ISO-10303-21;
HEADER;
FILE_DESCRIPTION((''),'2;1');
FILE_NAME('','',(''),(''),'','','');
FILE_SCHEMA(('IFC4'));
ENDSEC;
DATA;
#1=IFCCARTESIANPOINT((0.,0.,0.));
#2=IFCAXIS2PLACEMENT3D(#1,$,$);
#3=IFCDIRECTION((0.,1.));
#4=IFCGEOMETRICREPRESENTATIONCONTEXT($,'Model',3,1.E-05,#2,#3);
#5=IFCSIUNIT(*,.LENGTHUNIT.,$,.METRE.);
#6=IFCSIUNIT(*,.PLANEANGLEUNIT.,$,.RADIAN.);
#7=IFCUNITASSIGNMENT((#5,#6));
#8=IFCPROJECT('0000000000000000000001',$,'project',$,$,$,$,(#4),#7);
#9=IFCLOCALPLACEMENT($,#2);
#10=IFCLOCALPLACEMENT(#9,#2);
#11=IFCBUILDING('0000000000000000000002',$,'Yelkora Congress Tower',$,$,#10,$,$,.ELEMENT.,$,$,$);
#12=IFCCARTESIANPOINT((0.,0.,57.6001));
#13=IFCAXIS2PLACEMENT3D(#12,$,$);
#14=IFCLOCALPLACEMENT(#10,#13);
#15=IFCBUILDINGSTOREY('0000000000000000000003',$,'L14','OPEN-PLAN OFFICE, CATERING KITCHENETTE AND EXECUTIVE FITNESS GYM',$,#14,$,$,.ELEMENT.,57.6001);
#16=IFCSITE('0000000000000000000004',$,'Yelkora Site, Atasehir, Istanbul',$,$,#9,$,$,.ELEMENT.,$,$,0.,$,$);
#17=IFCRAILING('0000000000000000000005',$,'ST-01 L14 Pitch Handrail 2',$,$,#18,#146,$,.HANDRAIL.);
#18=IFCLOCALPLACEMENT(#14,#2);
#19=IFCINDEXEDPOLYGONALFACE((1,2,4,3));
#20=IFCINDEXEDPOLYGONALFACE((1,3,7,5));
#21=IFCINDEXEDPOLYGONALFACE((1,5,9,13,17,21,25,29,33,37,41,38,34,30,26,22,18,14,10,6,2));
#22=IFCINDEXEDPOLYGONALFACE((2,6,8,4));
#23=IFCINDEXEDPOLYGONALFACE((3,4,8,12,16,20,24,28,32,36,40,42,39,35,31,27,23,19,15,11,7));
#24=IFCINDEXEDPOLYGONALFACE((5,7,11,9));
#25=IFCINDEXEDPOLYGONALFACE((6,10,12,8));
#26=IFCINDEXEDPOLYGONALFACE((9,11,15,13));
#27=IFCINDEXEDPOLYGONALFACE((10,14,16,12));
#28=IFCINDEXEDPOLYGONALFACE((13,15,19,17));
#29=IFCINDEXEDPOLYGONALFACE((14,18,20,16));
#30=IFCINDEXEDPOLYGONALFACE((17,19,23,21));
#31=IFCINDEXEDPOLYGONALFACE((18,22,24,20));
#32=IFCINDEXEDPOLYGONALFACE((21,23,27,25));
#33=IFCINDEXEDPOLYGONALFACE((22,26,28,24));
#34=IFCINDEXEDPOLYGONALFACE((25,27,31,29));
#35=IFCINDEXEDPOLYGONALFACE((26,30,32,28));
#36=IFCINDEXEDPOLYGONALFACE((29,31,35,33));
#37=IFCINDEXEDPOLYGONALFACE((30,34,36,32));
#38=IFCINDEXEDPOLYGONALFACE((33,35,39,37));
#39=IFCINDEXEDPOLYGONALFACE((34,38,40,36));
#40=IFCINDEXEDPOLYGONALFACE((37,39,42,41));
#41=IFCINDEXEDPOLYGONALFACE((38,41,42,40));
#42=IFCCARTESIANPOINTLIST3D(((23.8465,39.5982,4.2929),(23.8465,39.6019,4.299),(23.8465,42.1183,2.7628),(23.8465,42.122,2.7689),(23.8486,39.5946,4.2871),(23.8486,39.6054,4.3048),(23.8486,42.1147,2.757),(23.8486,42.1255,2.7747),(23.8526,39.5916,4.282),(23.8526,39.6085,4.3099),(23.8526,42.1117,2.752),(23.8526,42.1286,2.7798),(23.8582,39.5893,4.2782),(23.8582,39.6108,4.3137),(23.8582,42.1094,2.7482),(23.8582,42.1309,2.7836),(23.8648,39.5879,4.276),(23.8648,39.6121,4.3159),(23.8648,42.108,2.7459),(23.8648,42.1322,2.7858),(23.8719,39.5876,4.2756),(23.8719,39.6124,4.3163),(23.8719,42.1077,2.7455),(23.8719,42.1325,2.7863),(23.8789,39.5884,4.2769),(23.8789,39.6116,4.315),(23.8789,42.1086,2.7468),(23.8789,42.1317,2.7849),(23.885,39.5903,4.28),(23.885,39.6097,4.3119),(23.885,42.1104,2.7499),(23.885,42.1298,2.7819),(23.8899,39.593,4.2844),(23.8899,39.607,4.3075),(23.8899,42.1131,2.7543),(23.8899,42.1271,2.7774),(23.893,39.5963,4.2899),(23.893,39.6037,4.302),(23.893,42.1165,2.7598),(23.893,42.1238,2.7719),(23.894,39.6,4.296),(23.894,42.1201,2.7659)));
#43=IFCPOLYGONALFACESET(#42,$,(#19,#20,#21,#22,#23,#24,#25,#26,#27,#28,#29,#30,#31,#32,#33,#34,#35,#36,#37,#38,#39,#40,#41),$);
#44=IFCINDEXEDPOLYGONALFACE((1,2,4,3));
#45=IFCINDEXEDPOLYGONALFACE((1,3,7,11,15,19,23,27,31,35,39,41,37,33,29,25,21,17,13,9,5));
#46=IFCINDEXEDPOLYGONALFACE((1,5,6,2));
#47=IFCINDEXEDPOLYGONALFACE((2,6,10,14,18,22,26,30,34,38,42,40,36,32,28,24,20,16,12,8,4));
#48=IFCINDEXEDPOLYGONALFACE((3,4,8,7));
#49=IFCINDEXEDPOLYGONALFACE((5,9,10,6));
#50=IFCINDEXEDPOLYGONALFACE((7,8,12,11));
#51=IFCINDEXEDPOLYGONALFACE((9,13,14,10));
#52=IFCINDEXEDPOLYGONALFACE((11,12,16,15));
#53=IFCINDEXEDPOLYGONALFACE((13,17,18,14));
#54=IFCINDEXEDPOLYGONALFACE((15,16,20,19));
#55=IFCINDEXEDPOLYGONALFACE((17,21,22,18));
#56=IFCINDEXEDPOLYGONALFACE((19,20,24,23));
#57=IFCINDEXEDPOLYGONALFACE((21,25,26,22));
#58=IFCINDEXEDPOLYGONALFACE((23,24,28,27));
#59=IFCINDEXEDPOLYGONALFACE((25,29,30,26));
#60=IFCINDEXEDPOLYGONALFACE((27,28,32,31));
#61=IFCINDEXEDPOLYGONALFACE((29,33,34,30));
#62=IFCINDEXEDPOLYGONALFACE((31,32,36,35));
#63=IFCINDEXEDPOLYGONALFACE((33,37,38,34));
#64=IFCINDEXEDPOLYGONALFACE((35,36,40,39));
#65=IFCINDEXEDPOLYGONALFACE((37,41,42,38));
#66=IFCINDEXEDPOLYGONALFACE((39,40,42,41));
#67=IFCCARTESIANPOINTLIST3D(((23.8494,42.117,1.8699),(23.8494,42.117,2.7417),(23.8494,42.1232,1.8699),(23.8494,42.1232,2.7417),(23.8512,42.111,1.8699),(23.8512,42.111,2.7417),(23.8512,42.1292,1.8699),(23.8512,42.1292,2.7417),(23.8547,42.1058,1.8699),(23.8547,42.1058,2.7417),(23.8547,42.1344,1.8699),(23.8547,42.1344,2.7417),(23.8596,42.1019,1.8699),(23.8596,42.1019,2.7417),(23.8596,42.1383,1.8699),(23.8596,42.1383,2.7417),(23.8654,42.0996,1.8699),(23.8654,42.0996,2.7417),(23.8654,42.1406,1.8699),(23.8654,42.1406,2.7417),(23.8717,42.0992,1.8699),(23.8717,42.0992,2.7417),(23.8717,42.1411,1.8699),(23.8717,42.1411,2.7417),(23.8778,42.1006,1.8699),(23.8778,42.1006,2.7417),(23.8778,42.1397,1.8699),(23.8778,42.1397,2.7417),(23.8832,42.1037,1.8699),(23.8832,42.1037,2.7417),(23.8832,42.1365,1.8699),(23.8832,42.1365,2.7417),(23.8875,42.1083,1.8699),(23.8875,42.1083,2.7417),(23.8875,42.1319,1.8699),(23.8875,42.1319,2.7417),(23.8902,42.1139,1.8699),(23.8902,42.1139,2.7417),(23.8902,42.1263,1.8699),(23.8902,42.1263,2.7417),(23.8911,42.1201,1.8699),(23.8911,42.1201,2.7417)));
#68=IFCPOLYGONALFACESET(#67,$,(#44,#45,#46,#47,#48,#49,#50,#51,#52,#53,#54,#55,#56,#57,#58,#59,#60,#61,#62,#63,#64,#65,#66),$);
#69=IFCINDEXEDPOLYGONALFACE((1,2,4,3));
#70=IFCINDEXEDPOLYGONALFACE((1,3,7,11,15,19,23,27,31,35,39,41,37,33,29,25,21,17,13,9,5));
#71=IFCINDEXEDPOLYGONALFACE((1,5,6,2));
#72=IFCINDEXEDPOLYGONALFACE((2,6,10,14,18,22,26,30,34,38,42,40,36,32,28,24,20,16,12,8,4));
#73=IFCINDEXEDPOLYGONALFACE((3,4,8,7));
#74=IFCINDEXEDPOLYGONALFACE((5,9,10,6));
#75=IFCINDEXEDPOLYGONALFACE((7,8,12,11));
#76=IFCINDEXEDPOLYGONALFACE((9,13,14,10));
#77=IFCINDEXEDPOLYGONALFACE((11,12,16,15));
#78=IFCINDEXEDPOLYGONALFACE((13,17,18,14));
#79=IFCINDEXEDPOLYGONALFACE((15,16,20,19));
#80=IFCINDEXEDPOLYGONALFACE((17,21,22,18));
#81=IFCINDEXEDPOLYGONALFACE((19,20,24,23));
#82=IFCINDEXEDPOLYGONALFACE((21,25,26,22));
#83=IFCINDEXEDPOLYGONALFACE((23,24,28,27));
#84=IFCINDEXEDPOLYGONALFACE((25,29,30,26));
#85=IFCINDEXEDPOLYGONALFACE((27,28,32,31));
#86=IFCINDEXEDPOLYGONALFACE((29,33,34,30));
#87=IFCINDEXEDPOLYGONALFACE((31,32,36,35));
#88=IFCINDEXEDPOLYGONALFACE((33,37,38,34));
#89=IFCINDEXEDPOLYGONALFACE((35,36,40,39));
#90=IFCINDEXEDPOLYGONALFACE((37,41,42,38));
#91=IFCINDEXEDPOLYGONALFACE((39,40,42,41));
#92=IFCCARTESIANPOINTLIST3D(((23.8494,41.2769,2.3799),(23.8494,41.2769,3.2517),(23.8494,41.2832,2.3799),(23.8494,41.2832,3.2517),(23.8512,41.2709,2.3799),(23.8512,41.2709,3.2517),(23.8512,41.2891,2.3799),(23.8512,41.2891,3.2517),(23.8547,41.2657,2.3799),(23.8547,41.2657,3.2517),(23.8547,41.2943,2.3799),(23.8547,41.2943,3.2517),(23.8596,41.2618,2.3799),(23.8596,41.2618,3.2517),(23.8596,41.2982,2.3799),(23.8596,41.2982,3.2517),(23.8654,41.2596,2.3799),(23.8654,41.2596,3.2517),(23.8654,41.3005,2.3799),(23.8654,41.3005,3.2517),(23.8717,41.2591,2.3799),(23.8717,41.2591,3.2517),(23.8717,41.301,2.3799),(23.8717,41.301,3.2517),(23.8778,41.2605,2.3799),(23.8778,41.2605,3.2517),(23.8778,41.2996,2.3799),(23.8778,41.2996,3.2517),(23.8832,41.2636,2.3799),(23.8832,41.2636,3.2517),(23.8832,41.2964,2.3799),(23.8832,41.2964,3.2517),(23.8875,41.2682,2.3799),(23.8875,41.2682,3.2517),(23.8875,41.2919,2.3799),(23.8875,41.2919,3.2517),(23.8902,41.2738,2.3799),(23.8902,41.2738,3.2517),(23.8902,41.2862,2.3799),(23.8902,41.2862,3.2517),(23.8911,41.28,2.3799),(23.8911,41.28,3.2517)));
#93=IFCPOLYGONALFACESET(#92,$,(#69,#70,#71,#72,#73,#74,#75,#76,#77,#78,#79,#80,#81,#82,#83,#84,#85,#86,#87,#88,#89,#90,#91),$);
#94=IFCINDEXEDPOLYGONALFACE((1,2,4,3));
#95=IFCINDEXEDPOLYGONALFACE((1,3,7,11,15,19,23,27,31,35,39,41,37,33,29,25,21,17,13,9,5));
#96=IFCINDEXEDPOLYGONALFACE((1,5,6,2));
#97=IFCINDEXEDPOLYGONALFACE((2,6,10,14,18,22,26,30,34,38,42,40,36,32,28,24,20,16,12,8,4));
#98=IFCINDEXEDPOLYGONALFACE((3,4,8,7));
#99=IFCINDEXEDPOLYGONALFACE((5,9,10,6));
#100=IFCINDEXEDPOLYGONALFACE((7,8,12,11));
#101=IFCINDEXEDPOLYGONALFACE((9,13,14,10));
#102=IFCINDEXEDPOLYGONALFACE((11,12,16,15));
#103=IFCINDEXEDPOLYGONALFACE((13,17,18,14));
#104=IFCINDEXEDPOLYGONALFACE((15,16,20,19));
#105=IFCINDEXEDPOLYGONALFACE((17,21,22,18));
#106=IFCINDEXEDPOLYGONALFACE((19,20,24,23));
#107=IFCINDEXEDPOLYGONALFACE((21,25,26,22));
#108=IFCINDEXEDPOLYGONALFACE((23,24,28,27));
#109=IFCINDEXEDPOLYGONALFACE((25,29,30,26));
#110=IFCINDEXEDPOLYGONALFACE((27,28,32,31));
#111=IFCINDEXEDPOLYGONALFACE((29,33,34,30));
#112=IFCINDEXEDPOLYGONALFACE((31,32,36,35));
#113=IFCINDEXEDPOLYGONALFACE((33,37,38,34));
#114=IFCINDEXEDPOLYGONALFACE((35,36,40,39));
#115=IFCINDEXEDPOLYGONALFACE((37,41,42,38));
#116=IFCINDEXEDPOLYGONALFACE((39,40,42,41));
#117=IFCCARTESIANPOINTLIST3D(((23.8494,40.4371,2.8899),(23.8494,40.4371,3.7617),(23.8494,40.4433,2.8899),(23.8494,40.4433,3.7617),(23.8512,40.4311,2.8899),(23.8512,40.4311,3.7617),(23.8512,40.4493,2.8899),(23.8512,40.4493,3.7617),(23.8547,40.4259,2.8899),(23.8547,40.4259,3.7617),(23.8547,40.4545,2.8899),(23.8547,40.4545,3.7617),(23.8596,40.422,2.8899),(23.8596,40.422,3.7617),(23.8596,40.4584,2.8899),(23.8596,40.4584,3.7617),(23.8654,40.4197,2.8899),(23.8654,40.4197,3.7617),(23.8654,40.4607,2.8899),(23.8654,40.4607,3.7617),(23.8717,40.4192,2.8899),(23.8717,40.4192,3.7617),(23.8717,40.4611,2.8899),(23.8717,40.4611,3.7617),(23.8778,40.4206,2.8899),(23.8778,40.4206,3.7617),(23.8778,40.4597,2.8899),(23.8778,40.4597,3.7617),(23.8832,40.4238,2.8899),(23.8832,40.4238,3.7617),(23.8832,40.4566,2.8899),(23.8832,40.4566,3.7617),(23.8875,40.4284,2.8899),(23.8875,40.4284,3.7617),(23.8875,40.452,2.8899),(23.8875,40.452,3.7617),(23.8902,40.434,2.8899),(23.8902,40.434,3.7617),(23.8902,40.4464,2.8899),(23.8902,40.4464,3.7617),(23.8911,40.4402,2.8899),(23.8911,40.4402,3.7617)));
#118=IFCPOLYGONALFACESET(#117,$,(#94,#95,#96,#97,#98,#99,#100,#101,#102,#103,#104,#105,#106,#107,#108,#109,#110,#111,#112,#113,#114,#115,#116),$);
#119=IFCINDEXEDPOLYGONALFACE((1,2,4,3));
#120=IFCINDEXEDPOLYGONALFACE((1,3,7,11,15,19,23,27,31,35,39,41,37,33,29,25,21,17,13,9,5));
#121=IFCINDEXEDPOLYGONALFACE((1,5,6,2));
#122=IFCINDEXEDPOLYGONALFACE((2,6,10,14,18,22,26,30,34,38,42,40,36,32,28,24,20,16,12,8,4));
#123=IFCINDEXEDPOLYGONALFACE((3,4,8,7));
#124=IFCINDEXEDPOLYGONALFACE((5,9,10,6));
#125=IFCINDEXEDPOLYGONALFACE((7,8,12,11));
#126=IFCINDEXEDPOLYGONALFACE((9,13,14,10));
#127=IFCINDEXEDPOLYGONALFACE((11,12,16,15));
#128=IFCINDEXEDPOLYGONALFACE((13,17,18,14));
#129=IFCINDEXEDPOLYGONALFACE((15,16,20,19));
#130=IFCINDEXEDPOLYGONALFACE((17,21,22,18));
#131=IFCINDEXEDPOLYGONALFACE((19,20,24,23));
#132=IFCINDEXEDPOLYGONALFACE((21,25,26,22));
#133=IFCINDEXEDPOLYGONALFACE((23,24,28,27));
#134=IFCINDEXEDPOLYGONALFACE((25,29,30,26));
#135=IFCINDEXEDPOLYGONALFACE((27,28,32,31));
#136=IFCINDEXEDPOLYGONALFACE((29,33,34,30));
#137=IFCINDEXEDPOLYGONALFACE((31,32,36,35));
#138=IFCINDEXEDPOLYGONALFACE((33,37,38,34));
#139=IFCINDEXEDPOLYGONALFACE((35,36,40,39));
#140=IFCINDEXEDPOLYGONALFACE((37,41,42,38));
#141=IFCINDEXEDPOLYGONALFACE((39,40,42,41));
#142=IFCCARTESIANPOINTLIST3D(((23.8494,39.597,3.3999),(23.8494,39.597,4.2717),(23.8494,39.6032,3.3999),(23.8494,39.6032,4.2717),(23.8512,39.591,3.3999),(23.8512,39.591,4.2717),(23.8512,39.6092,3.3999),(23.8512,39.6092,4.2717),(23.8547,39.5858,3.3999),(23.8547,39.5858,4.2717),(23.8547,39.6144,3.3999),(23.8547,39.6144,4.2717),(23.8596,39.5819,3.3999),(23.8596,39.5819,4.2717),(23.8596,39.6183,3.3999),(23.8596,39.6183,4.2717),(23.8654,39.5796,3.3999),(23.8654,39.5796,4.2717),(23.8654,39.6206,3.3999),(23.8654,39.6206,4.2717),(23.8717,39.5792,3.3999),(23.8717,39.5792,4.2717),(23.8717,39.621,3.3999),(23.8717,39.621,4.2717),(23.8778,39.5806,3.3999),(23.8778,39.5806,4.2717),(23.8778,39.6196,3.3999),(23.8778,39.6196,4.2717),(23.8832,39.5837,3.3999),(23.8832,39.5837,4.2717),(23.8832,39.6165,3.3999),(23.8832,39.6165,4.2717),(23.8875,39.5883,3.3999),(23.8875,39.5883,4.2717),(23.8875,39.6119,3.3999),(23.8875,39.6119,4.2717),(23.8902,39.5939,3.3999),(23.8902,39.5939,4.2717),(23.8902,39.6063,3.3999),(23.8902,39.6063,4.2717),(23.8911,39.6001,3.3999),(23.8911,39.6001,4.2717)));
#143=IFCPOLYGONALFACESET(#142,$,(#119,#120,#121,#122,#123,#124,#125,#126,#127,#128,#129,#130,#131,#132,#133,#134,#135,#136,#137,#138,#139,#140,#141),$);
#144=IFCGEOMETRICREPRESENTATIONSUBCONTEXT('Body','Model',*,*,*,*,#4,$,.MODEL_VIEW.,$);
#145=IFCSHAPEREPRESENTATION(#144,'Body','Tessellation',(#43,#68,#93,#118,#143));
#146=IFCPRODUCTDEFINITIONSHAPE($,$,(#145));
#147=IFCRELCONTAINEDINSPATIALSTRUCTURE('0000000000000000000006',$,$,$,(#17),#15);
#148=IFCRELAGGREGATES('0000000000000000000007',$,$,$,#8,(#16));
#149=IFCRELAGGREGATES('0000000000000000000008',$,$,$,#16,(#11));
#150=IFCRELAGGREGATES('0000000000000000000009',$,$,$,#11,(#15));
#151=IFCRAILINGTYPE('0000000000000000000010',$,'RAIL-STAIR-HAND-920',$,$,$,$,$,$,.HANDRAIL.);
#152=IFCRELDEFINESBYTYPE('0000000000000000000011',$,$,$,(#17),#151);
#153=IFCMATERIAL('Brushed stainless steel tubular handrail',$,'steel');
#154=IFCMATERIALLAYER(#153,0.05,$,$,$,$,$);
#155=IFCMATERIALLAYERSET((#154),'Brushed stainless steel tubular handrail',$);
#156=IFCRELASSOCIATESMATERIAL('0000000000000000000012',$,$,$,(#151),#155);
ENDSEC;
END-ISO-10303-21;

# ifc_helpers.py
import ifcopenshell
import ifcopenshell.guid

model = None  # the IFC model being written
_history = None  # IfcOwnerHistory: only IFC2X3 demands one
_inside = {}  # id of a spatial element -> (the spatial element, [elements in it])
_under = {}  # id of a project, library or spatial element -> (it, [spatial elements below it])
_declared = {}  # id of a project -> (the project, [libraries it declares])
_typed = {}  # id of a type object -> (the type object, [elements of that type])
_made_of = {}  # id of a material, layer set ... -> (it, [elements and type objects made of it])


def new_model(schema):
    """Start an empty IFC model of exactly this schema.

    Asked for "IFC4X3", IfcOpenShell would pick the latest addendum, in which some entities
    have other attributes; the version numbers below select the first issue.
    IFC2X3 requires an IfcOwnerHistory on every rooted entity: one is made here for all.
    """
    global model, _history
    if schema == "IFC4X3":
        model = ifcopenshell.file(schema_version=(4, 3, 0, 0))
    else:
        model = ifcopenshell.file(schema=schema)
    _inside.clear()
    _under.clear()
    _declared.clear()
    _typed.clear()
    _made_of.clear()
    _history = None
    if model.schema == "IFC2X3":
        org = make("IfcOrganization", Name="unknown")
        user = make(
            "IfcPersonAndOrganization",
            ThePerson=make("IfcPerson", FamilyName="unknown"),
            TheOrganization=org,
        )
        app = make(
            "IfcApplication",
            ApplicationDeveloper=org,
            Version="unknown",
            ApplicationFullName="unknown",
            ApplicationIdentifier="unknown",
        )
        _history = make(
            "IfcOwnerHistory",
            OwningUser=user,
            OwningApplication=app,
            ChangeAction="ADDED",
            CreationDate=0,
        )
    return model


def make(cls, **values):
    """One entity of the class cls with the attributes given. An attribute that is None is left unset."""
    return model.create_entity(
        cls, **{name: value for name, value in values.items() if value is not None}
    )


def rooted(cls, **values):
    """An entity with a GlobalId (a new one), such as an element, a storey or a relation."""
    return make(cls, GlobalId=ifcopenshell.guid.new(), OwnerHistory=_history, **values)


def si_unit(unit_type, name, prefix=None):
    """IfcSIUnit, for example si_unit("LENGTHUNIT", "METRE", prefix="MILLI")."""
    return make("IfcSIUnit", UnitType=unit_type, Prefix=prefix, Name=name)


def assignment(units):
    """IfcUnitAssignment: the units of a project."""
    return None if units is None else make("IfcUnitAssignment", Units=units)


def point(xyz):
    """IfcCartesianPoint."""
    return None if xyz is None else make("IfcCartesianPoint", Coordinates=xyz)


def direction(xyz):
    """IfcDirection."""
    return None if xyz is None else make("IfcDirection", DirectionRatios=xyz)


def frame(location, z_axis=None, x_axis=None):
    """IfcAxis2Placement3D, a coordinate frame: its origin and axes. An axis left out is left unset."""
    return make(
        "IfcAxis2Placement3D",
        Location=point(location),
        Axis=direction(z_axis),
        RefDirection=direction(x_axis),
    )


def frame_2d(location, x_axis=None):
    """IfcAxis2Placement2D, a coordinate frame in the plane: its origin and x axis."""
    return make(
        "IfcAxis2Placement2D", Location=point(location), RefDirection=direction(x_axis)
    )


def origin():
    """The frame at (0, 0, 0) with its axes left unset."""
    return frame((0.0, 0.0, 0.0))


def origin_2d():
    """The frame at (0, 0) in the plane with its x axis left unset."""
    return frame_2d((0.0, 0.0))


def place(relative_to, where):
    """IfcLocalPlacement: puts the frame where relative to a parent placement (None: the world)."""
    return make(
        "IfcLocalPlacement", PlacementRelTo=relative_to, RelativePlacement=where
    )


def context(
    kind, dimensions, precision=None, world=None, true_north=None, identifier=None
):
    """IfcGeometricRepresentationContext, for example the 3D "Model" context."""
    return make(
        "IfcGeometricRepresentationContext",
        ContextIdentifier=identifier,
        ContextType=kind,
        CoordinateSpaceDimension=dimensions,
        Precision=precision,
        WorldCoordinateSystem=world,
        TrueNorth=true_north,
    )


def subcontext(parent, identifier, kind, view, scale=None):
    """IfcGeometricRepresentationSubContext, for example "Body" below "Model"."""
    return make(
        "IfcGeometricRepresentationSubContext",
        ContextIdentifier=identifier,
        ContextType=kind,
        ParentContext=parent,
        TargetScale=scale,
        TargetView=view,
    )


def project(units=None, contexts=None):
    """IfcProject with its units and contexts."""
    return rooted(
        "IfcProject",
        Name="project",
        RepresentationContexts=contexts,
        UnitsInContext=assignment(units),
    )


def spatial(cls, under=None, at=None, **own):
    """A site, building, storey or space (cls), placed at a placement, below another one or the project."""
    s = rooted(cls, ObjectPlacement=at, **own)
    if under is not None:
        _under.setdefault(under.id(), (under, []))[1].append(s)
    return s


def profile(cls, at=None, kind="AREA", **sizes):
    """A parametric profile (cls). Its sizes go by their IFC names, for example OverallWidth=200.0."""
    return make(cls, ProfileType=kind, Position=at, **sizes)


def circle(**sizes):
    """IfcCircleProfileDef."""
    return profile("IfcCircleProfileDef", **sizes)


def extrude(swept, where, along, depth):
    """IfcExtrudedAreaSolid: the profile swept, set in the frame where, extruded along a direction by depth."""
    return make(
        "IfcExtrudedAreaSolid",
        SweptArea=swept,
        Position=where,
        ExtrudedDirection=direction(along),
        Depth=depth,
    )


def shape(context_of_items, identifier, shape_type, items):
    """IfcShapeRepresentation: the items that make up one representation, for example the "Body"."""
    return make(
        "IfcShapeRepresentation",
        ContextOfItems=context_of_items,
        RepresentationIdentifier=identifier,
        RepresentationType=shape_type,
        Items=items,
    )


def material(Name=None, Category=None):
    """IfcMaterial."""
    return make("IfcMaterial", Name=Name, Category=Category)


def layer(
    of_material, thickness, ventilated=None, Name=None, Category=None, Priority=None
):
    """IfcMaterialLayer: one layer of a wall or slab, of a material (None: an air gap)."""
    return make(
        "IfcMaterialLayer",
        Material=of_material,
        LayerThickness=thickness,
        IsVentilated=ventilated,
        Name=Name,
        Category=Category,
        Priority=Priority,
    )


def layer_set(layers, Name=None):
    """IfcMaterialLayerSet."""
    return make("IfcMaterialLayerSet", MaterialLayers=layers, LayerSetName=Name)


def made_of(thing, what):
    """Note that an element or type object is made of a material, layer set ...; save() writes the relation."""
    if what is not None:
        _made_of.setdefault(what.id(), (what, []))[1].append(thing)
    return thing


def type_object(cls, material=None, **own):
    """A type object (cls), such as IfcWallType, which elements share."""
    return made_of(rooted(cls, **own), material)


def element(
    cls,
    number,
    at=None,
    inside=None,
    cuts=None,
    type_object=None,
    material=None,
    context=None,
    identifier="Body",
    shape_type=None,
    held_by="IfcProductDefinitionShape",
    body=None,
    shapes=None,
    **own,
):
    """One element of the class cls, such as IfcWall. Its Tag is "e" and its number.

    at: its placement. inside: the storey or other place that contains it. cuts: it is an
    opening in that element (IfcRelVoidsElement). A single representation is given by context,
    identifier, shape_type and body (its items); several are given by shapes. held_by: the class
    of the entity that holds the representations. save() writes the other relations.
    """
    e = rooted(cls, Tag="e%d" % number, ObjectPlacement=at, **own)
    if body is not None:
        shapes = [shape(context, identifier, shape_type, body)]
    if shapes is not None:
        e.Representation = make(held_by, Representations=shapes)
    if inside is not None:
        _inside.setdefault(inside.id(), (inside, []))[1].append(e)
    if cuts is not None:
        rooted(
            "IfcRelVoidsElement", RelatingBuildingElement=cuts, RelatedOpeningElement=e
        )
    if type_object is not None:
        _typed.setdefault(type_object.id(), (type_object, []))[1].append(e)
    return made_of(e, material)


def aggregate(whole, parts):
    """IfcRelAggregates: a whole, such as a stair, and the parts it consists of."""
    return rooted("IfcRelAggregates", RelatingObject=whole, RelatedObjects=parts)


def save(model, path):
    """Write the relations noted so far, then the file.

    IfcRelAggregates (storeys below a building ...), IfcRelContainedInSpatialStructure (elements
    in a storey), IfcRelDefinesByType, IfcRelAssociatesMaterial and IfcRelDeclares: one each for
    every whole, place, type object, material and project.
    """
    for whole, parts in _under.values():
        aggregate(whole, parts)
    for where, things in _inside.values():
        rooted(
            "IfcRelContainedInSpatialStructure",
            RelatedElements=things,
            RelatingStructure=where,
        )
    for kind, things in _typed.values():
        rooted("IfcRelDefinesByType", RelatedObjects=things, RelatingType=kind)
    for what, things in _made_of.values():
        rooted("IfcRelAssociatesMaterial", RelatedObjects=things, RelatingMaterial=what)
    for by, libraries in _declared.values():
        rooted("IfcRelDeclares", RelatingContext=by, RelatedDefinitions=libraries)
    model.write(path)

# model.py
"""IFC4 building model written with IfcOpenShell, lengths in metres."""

from ifc_helpers import new_model, si_unit, direction, frame, origin, origin_2d, place, context, subcontext, project, spatial, circle, extrude, material, layer, layer_set, type_object, element, save


model = new_model("IFC4")

# Units and contexts
model_context = context("Model", 3, precision=1e-05, world=origin(), true_north=direction((0.0, 1.0)))
body_context = subcontext(model_context, "Body", "Model", "MODEL_VIEW")
ifc_project = project(units=[si_unit("LENGTHUNIT", "METRE"), si_unit("PLANEANGLEUNIT", "RADIAN")], contexts=[model_context])

# Site, building, storey
site_placement = place(None, origin())
site = spatial("IfcSite", under=ifc_project, at=site_placement, Name="Yelkora Site, Atasehir, Istanbul", CompositionType="ELEMENT", RefElevation=0.0)
building_placement = place(site_placement, origin())
building = spatial("IfcBuilding", under=site, at=building_placement, Name="Yelkora Congress Tower", CompositionType="ELEMENT")
storey_placement = place(building_placement, frame((0.0, 0.0, 57.6001)))
storey = spatial("IfcBuildingStorey", under=building, at=storey_placement, Name="L14", Description="OPEN-PLAN OFFICE, CATERING KITCHENETTE AND EXECUTIVE FITNESS GYM", CompositionType="ELEMENT", Elevation=57.6001)

# Railing
ifc_material_1 = material(Name="Brushed stainless steel tubular handrail", Category="steel")
ifc_layer_1 = layer(ifc_material_1, 0.05)
ifc_layer_set_1 = layer_set([ifc_layer_1], Name="Brushed stainless steel tubular handrail")
railing_type_1 = type_object("IfcRailingType", Name="RAIL-STAIR-HAND-920", PredefinedType="HANDRAIL", material=ifc_layer_set_1)
railing_1_placement = place(storey_placement, frame((23.8701, 42.1201, 1.8699)))
element("IfcRailing", 1, at=railing_1_placement, inside=storey, type_object=railing_type_1, Name="ST-01 L14 Pitch Handrail 2", PredefinedType="HANDRAIL", context=body_context, shape_type="SweptSolid", body=[
    extrude(circle(Radius=0.0239, at=origin_2d()), frame((0.0, 0.0, 0.896), z_axis=(0.0, -0.854785, 0.518982), x_axis=(1.0, 0.0, 0.0)), (0.0, 0.0, 1.0), 2.9482),
    extrude(circle(Radius=0.021, at=origin_2d()), origin(), (0.0, 0.0, 1.0), 0.8718),
    extrude(circle(Radius=0.021, at=origin_2d()), frame((0.0, -0.8401, 0.51)), (0.0, 0.0, 1.0), 0.8718),
    extrude(circle(Radius=0.021, at=origin_2d()), frame((0.0, -1.6799, 1.02)), (0.0, 0.0, 1.0), 0.8718),
    extrude(circle(Radius=0.021, at=origin_2d()), frame((0.0, -2.52, 1.53)), (0.0, 0.0, 1.0), 0.8718),
])

save(model, "model.ifc")
